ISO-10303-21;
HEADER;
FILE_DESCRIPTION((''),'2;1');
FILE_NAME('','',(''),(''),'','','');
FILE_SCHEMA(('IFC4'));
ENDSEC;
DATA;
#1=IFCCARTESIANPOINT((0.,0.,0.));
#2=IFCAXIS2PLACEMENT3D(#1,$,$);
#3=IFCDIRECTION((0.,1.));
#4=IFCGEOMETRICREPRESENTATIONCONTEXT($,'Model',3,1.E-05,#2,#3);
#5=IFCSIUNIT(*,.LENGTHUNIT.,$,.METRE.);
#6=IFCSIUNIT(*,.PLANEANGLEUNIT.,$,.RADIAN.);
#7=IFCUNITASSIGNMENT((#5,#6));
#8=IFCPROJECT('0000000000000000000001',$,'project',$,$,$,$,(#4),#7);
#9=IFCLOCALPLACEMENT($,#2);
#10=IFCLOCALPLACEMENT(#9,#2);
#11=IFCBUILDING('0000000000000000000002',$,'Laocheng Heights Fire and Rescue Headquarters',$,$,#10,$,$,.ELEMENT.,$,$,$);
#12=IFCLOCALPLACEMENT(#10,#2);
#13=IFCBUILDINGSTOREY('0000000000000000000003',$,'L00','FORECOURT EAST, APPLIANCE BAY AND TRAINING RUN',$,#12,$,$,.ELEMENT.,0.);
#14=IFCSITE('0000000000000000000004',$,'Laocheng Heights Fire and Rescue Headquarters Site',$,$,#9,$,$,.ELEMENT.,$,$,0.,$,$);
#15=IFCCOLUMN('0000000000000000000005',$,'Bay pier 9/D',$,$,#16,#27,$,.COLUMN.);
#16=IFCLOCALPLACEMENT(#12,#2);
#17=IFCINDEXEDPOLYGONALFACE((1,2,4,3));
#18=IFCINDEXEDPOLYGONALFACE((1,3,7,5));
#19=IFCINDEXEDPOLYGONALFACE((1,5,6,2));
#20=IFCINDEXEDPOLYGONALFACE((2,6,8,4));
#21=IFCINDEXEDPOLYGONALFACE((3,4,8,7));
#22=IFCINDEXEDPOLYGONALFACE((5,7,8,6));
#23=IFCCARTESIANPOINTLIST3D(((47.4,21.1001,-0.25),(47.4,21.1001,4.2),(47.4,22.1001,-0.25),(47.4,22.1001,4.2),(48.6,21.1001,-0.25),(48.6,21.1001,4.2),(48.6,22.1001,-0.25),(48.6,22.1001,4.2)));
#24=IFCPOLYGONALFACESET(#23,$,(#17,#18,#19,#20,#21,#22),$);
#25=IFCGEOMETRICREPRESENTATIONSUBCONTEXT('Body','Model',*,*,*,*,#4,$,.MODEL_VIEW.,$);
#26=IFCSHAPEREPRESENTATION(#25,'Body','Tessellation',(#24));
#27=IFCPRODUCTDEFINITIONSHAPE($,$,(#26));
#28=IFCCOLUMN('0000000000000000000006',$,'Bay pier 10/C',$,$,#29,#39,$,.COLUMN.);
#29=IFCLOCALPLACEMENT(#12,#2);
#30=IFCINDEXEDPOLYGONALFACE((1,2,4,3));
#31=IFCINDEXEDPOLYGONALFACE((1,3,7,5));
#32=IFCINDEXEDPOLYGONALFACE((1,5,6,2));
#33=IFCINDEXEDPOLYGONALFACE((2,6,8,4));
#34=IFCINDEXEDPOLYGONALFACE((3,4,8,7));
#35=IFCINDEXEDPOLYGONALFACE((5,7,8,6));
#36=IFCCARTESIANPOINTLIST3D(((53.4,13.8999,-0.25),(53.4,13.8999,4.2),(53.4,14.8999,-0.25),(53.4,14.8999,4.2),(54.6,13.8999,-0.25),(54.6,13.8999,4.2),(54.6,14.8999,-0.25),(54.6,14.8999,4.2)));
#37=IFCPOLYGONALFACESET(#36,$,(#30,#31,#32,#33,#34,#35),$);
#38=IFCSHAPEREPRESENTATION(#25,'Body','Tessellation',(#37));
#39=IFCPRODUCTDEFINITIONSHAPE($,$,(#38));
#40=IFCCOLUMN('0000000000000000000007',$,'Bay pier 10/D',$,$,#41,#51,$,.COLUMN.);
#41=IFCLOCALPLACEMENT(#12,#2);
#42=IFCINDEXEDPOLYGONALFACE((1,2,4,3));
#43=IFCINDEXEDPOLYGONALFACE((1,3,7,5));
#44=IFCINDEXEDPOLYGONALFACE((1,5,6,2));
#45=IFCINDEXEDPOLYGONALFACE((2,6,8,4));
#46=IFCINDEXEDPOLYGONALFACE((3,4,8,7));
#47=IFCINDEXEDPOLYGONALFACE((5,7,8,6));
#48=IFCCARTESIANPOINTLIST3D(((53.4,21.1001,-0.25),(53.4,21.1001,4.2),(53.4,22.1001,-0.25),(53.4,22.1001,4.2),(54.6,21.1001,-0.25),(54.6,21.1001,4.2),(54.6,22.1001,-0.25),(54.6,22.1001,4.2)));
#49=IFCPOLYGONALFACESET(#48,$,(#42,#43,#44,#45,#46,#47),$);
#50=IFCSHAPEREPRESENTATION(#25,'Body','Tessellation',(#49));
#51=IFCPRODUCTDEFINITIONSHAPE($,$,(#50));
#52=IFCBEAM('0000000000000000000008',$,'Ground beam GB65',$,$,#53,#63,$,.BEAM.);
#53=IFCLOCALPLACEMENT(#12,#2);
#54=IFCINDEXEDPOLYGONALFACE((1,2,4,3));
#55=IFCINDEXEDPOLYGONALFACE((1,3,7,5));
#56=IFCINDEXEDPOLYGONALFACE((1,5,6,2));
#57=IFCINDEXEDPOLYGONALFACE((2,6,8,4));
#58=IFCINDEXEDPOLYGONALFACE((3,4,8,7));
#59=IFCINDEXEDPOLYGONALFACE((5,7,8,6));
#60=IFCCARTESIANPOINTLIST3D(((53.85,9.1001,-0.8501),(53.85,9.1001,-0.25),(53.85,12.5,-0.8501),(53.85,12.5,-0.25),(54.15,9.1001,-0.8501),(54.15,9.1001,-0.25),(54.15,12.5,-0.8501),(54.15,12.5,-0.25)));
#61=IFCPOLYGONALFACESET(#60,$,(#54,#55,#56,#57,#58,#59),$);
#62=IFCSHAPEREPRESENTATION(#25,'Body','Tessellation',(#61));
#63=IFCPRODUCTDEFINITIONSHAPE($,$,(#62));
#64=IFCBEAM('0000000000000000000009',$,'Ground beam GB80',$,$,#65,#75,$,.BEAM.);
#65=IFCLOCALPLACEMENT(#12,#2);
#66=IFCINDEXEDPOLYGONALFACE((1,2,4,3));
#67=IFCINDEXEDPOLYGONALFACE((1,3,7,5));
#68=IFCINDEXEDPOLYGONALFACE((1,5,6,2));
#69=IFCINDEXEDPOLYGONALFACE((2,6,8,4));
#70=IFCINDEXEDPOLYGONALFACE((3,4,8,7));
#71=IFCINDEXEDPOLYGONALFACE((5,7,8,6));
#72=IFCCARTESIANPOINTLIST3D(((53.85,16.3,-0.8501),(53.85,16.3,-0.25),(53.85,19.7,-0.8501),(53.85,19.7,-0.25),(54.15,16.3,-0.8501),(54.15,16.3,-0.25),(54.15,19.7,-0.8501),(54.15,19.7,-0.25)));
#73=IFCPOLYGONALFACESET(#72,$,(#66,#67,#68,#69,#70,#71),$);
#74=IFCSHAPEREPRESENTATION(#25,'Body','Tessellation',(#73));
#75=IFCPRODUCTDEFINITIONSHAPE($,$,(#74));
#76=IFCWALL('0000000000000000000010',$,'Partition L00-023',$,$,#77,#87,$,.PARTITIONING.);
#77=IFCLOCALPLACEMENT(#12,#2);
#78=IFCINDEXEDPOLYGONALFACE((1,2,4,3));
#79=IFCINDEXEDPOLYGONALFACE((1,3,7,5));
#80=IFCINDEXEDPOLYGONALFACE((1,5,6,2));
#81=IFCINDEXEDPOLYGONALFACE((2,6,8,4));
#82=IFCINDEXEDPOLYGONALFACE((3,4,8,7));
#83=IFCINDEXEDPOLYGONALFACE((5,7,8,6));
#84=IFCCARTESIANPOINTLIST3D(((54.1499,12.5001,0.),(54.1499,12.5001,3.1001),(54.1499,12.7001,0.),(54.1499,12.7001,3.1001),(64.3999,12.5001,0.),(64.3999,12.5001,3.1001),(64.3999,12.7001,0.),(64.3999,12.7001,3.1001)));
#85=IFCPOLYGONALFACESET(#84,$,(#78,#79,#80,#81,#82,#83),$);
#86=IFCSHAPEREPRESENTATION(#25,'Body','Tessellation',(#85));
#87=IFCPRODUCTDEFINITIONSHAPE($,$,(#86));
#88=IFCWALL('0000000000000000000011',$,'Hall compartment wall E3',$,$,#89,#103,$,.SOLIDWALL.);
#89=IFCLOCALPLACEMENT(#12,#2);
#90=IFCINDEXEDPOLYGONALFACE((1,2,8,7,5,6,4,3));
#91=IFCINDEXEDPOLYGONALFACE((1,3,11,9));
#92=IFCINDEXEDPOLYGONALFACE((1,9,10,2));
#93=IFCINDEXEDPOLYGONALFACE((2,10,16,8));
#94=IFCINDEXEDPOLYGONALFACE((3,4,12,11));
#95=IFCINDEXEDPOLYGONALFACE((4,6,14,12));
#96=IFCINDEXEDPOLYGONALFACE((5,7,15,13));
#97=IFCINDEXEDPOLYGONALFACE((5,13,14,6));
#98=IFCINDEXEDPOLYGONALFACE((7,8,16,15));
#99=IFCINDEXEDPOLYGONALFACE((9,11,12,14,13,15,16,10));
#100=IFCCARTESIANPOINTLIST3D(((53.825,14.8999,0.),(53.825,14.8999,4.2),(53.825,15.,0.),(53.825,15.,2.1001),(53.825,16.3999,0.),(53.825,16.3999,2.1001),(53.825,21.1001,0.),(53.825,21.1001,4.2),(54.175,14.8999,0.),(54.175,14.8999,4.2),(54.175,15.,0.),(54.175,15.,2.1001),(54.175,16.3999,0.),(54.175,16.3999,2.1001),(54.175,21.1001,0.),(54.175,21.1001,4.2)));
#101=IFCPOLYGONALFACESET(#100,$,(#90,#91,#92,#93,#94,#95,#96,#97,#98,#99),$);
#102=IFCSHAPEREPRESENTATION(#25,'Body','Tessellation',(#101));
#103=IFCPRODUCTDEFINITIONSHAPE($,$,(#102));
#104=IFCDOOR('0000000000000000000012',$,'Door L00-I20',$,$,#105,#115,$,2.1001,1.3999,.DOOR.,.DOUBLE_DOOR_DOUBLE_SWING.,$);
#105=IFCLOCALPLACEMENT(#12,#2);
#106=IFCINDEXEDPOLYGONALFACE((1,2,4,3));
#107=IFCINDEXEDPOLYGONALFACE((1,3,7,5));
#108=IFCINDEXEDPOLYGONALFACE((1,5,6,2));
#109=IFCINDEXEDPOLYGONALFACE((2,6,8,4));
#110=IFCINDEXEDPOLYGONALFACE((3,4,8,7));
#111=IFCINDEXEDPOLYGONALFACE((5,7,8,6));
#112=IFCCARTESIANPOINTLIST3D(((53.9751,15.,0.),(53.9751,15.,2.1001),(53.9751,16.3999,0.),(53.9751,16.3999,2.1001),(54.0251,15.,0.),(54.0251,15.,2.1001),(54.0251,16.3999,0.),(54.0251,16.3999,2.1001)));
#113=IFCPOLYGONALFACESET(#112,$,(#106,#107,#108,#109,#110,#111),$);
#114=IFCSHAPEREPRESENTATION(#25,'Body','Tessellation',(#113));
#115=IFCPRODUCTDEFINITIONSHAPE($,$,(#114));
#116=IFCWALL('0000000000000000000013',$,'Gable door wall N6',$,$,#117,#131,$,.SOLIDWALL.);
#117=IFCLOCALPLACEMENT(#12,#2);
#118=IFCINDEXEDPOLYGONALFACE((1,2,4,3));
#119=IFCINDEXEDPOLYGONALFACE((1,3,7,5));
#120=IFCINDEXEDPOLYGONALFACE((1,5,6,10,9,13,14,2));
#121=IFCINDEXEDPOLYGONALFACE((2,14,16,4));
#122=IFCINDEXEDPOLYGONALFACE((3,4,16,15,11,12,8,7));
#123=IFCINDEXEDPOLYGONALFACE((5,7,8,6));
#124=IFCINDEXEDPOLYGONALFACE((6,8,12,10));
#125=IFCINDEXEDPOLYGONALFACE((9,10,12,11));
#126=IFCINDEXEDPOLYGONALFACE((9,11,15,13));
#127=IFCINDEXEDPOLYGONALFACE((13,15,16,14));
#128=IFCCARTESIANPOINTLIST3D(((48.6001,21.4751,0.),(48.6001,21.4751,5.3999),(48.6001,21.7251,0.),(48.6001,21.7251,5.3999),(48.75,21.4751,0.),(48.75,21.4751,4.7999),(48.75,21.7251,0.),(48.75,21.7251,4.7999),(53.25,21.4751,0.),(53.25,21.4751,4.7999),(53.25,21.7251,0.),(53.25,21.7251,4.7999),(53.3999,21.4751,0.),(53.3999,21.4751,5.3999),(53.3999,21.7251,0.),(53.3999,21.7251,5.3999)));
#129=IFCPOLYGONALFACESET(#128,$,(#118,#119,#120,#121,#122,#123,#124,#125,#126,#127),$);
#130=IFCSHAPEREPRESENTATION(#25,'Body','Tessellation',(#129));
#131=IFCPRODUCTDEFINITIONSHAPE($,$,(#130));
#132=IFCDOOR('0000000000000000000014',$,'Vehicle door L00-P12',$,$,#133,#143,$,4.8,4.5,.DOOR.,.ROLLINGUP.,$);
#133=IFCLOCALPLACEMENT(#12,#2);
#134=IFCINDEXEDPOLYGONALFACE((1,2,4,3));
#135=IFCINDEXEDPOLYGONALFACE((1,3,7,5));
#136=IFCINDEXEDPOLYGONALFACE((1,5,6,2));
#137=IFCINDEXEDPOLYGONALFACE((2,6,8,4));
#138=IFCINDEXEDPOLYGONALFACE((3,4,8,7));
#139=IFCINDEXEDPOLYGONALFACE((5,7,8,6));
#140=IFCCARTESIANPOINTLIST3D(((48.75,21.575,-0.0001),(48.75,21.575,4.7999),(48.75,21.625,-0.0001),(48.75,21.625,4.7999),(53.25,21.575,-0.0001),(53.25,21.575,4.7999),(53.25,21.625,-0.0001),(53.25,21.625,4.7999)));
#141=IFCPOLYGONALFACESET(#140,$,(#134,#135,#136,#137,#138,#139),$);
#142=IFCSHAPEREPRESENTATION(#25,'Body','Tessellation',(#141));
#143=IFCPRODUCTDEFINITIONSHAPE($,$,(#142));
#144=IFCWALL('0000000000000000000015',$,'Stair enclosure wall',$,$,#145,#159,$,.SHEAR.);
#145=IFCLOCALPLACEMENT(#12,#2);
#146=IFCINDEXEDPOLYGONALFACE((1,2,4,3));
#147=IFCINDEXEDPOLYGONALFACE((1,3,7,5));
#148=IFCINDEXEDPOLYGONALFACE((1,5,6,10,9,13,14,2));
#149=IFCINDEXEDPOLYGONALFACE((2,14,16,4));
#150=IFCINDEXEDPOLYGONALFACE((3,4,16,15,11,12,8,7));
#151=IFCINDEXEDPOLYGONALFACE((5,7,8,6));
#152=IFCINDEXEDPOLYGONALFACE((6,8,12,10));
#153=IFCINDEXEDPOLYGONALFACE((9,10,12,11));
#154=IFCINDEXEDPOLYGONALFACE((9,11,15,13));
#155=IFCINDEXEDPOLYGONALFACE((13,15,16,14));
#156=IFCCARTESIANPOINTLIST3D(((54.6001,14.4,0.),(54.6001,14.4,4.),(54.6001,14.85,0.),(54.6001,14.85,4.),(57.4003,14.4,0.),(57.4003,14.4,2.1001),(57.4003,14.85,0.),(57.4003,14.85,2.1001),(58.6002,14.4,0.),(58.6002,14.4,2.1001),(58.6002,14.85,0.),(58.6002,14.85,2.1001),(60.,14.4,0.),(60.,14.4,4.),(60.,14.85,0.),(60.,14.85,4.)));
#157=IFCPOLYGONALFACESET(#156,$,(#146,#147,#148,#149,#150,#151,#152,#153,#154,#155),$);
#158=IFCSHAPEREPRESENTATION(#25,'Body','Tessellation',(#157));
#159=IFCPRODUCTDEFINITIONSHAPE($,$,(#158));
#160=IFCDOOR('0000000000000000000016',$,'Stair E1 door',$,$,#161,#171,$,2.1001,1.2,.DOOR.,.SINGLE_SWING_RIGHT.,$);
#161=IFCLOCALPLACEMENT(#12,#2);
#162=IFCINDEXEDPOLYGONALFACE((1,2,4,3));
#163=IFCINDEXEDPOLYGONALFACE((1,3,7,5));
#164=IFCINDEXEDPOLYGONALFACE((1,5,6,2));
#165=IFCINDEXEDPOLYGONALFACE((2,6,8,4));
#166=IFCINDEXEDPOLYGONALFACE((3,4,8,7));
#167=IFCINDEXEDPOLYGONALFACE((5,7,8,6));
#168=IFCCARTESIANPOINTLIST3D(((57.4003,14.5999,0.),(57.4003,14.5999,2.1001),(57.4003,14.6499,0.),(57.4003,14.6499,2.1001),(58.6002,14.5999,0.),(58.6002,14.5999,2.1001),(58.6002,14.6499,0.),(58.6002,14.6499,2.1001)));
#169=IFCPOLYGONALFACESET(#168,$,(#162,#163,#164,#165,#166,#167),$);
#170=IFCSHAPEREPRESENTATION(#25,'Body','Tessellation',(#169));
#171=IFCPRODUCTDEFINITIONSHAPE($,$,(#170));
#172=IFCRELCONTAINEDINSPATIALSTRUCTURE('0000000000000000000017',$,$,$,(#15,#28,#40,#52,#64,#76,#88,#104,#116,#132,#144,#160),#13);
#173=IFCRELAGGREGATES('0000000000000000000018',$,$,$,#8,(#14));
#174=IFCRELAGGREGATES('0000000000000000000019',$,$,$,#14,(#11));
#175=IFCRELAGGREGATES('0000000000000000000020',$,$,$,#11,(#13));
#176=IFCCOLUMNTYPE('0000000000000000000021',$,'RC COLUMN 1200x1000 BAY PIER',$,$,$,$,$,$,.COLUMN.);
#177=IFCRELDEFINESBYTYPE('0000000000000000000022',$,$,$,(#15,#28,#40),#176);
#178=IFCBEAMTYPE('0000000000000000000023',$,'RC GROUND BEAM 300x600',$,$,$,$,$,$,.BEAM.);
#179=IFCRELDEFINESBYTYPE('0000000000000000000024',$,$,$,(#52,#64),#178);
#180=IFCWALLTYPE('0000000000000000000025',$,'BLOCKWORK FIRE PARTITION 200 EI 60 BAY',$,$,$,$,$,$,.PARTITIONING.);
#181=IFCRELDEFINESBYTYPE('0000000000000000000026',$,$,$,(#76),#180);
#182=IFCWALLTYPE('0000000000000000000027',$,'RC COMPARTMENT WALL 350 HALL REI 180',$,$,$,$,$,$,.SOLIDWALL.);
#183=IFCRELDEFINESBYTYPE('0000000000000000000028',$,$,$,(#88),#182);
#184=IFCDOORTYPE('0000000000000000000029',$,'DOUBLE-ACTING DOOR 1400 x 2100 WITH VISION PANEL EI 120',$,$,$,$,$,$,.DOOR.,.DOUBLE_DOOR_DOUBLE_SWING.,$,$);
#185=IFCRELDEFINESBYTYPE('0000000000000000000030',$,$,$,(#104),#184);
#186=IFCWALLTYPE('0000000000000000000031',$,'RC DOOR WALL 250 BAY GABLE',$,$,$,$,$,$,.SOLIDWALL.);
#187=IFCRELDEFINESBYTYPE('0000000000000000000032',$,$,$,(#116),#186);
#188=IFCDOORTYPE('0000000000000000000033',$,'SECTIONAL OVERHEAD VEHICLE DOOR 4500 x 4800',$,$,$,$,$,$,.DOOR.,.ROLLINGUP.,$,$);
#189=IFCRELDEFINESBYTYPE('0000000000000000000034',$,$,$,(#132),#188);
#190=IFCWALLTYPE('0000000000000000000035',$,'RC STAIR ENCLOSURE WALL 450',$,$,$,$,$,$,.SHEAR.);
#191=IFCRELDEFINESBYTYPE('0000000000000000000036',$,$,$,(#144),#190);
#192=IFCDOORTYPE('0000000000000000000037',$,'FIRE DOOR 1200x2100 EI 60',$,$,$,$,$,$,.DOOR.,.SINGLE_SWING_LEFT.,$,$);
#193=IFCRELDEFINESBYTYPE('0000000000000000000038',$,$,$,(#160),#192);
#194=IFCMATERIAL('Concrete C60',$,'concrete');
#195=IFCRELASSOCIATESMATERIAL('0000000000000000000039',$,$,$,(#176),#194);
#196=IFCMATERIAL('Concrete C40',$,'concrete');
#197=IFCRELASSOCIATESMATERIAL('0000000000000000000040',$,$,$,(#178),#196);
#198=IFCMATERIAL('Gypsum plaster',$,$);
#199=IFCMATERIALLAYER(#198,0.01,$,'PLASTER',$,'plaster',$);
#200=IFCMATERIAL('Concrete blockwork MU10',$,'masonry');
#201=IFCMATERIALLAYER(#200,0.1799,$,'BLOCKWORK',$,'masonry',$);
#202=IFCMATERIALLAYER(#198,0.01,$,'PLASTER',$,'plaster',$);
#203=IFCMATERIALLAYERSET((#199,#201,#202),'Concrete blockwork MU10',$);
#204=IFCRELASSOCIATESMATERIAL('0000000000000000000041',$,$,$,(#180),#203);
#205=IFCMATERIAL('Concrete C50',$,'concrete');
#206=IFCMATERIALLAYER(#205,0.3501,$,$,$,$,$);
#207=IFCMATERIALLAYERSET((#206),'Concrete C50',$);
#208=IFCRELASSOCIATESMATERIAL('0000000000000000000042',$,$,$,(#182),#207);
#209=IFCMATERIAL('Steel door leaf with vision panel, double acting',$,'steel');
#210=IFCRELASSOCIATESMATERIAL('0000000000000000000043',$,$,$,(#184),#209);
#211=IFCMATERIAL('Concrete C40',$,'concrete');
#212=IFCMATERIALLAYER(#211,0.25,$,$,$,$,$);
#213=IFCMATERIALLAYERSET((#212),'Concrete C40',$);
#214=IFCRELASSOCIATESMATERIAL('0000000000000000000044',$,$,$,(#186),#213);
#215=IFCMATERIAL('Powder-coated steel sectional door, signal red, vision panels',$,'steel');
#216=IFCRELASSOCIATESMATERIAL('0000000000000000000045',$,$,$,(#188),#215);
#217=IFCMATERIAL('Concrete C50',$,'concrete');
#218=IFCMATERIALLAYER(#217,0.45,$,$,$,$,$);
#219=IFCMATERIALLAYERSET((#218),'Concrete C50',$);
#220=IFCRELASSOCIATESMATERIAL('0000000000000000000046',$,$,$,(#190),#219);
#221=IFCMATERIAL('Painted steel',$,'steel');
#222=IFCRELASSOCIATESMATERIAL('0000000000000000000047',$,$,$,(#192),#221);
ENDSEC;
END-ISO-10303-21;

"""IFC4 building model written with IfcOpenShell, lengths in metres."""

from ifc_helpers import new_model, si_unit, direction, frame, frame_2d, origin, origin_2d, place, context, subcontext, project, spatial, rectangle, extrude, material, layer, layer_set, material_profile, profile_set, type_object, element, fill, save


model = new_model("IFC4")

# Units and contexts
model_context = context("Model", 3, precision=1e-05, world=origin(), true_north=direction((0.0, 1.0)))
body_context = subcontext(model_context, "Body", "Model", "MODEL_VIEW")
ifc_project = project(units=[si_unit("LENGTHUNIT", "METRE"), si_unit("PLANEANGLEUNIT", "RADIAN")], contexts=[model_context])

# Site, building, storey
site_placement = place(None, origin())
site = spatial("IfcSite", under=ifc_project, at=site_placement, Name="Laocheng Heights Fire and Rescue Headquarters Site", CompositionType="ELEMENT", RefElevation=0.0)
building_placement = place(site_placement, origin())
building = spatial("IfcBuilding", under=site, at=building_placement, Name="Laocheng Heights Fire and Rescue Headquarters", CompositionType="ELEMENT")
storey_placement = place(building_placement, origin())
storey = spatial("IfcBuildingStorey", under=building, at=storey_placement, Name="L00", Description="FORECOURT EAST, APPLIANCE BAY AND TRAINING RUN", CompositionType="ELEMENT", Elevation=0.0)

# Columns
ifc_material_1 = material(Name="Concrete C60", Category="concrete")
ifc_material_profile_1 = material_profile(ifc_material_1, rectangle(XDim=1.2, YDim=1.0, at=origin_2d()), Name="RC COLUMN 1200x1000 BAY PIER")
ifc_profile_set_1 = profile_set([ifc_material_profile_1], Name="Concrete C60")
column_type = type_object("IfcColumnType", Name="RC COLUMN 1200x1000 BAY PIER", PredefinedType="COLUMN", material=ifc_profile_set_1)
for number, where, z_axis, x_axis, name in (
    (1, (48.0, 21.6001, -0.25), (0.0, 0.0, 1.0), (1.0, 0.0, 0.0), "Bay pier 9/D"),
    (2, (54.0, 14.3999, -0.25), (0.0, 0.0, 1.0), (1.0, 0.0, 0.0), "Bay pier 10/C"),
    (3, (54.0, 21.6001, -0.25), (0.0, 0.0, 1.0), (1.0, 0.0, 0.0), "Bay pier 10/D"),
):
    element("IfcColumn", number, at=place(storey_placement, frame(where, z_axis=z_axis, x_axis=x_axis)), inside=storey, type_object=column_type, Name=name, PredefinedType="COLUMN", context=body_context, shape_type="SweptSolid", body=[
        extrude(rectangle(XDim=1.2, YDim=1.0, at=origin_2d()), origin(), (0.0, 0.0, 1.0), 4.45),
    ])

# Beams
ifc_material_2 = material(Name="Concrete C40", Category="concrete")
ifc_material_profile_2 = material_profile(ifc_material_2, rectangle(XDim=0.3, YDim=0.6001, at=origin_2d()), Name="RC GROUND BEAM 300x600")
ifc_profile_set_2 = profile_set([ifc_material_profile_2], Name="Concrete C40")
beam_type = type_object("IfcBeamType", Name="RC GROUND BEAM 300x600", PredefinedType="BEAM", material=ifc_profile_set_2)
for number, where, z_axis, x_axis, name in (
    (4, (54.0, 9.1001, -0.55), (0.0, 1.0, 0.0), (-1.0, 0.0, 0.0), "Ground beam GB65"),
    (5, (54.0, 16.3, -0.55), (0.0, 1.0, 0.0), (-1.0, 0.0, 0.0), "Ground beam GB80"),
):
    element("IfcBeam", number, at=place(storey_placement, frame(where, z_axis=z_axis, x_axis=x_axis)), inside=storey, type_object=beam_type, Name=name, PredefinedType="BEAM", context=body_context, shape_type="SweptSolid", body=[
        extrude(rectangle(XDim=0.3, YDim=0.6001, at=origin_2d()), origin(), (0.0, 0.0, 1.0), 3.3999),
    ])

# Wall
ifc_material_3 = material(Name="Gypsum plaster")
ifc_layer_1 = layer(ifc_material_3, 0.01, Name="PLASTER", Category="plaster")
ifc_material_4 = material(Name="Concrete blockwork MU10", Category="masonry")
ifc_layer_2 = layer(ifc_material_4, 0.1799, Name="BLOCKWORK", Category="masonry")
ifc_layer_3 = layer(ifc_material_3, 0.01, Name="PLASTER", Category="plaster")
ifc_layer_set_1 = layer_set([ifc_layer_1, ifc_layer_2, ifc_layer_3], Name="Concrete blockwork MU10")
wall_type_1 = type_object("IfcWallType", Name="BLOCKWORK FIRE PARTITION 200 EI 60 BAY", PredefinedType="PARTITIONING", material=ifc_layer_set_1)
wall_1_placement = place(storey_placement, frame((54.1499, 12.6001, 0.0), z_axis=(0.0, 0.0, 1.0), x_axis=(1.0, 0.0, 0.0)))
element("IfcWall", 6, at=wall_1_placement, inside=storey, type_object=wall_type_1, Name="Partition L00-023", PredefinedType="PARTITIONING", context=body_context, shape_type="SweptSolid", body=[
    extrude(rectangle(XDim=10.25, YDim=0.2, at=frame_2d((5.125, 0.0))), origin(), (0.0, 0.0, 1.0), 3.1001),
])

# Walls, openings, doors
ifc_material_5 = material(Name="Concrete C50", Category="concrete")
ifc_layer_4 = layer(ifc_material_5, 0.3501)
ifc_layer_set_2 = layer_set([ifc_layer_4], Name="Concrete C50")
wall_type_2 = type_object("IfcWallType", Name="RC COMPARTMENT WALL 350 HALL REI 180", PredefinedType="SOLIDWALL", material=ifc_layer_set_2)
wall_2_placement = place(storey_placement, frame((54.0, 14.8999, 0.0), z_axis=(0.0, 0.0, 1.0), x_axis=(0.0, 1.0, 0.0)))
wall_2 = element("IfcWall", 7, at=wall_2_placement, inside=storey, type_object=wall_type_2, Name="Hall compartment wall E3", PredefinedType="SOLIDWALL", context=body_context, shape_type="SweptSolid", body=[
    extrude(rectangle(XDim=6.2002, YDim=0.3501, at=frame_2d((3.1001, 0.0))), origin(), (0.0, 0.0, 1.0), 4.2),
])
opening_1_placement = place(wall_2_placement, frame((0.1001, 0.0, 0.0)))
opening_1 = element("IfcOpeningElement", 8, at=opening_1_placement, cuts=wall_2, PredefinedType="OPENING", context=body_context, shape_type="SweptSolid", body=[
    extrude(rectangle(XDim=1.3999, YDim=2.1001, at=frame_2d((0.7, 1.05))), frame((0.0, 0.1851, 0.0), z_axis=(0.0, -1.0, 0.0), x_axis=(1.0, 0.0, 0.0)), (0.0, 0.0, 1.0), 0.3701),
])
ifc_material_6 = material(Name="Steel door leaf with vision panel, double acting", Category="steel")
door_type_1 = type_object("IfcDoorType", Name="DOUBLE-ACTING DOOR 1400 x 2100 WITH VISION PANEL EI 120", OperationType="DOUBLE_DOOR_DOUBLE_SWING", PredefinedType="DOOR", material=ifc_material_6)
door_1_placement = place(opening_1_placement, origin())
door_1 = element("IfcDoor", 9, at=door_1_placement, inside=storey, type_object=door_type_1, Name="Door L00-I20", OperationType="DOUBLE_DOOR_DOUBLE_SWING", OverallHeight=2.1001, OverallWidth=1.3999, PredefinedType="DOOR", context=body_context, shape_type="SweptSolid", body=[
    extrude(rectangle(XDim=1.3999, YDim=2.1001, at=frame_2d((0.7, 1.05))), frame((0.0, 0.0249, 0.0), z_axis=(0.0, -1.0, 0.0), x_axis=(1.0, 0.0, 0.0)), (0.0, 0.0, 1.0), 0.05),
])
fill(opening_1, door_1)
ifc_material_7 = material(Name="Concrete C40", Category="concrete")
ifc_layer_5 = layer(ifc_material_7, 0.25)
ifc_layer_set_3 = layer_set([ifc_layer_5], Name="Concrete C40")
wall_type_3 = type_object("IfcWallType", Name="RC DOOR WALL 250 BAY GABLE", PredefinedType="SOLIDWALL", material=ifc_layer_set_3)
wall_3_placement = place(storey_placement, frame((48.6001, 21.6001, 0.0), z_axis=(0.0, 0.0, 1.0), x_axis=(1.0, 0.0, 0.0)))
wall_3 = element("IfcWall", 10, at=wall_3_placement, inside=storey, type_object=wall_type_3, Name="Gable door wall N6", PredefinedType="SOLIDWALL", context=body_context, shape_type="SweptSolid", body=[
    extrude(rectangle(XDim=4.7998, YDim=0.25, at=frame_2d((2.3999, 0.0))), origin(), (0.0, 0.0, 1.0), 5.3999),
])
opening_2_placement = place(wall_3_placement, frame((0.1499, 0.0, 0.0)))
opening_2 = element("IfcOpeningElement", 11, at=opening_2_placement, cuts=wall_3, PredefinedType="OPENING", context=body_context, shape_type="SweptSolid", body=[
    extrude(rectangle(XDim=4.5, YDim=4.8, at=frame_2d((2.25, 2.3999))), frame((0.0, 0.135, 0.0), z_axis=(0.0, -1.0, 0.0), x_axis=(1.0, 0.0, 0.0)), (0.0, 0.0, 1.0), 0.27),
])
ifc_material_8 = material(Name="Powder-coated steel sectional door, signal red, vision panels", Category="steel")
door_type_2 = type_object("IfcDoorType", Name="SECTIONAL OVERHEAD VEHICLE DOOR 4500 x 4800", OperationType="ROLLINGUP", PredefinedType="DOOR", material=ifc_material_8)
door_2_placement = place(opening_2_placement, origin())
door_2 = element("IfcDoor", 12, at=door_2_placement, inside=storey, type_object=door_type_2, Name="Vehicle door L00-P12", OperationType="ROLLINGUP", OverallHeight=4.8, OverallWidth=4.5, PredefinedType="DOOR", context=body_context, shape_type="SweptSolid", body=[
    extrude(rectangle(XDim=4.5, YDim=4.8, at=frame_2d((2.25, 2.3999))), frame((0.0, 0.0249, 0.0), z_axis=(0.0, -1.0, 0.0), x_axis=(1.0, 0.0, 0.0)), (0.0, 0.0, 1.0), 0.05),
])
fill(opening_2, door_2)
ifc_material_9 = material(Name="Concrete C50", Category="concrete")
ifc_layer_6 = layer(ifc_material_9, 0.45)
ifc_layer_set_4 = layer_set([ifc_layer_6], Name="Concrete C50")
wall_type_4 = type_object("IfcWallType", Name="RC STAIR ENCLOSURE WALL 450", PredefinedType="SHEAR", material=ifc_layer_set_4)
wall_4_placement = place(storey_placement, frame((54.6001, 14.625, 0.0), z_axis=(0.0, 0.0, 1.0), x_axis=(1.0, 0.0, 0.0)))
wall_4 = element("IfcWall", 13, at=wall_4_placement, inside=storey, type_object=wall_type_4, Name="Stair enclosure wall", PredefinedType="SHEAR", context=body_context, shape_type="SweptSolid", body=[
    extrude(rectangle(XDim=5.3999, YDim=0.45, at=frame_2d((2.7, 0.0))), origin(), (0.0, 0.0, 1.0), 4.0),
])
opening_3_placement = place(wall_4_placement, frame((2.8, 0.0, 0.0)))
opening_3 = element("IfcOpeningElement", 14, at=opening_3_placement, cuts=wall_4, PredefinedType="OPENING", context=body_context, shape_type="SweptSolid", body=[
    extrude(rectangle(XDim=1.2, YDim=2.1001, at=frame_2d((0.6001, 1.05))), frame((0.0, 0.2349, 0.0), z_axis=(0.0, -1.0, 0.0), x_axis=(1.0, 0.0, 0.0)), (0.0, 0.0, 1.0), 0.47),
])
ifc_material_10 = material(Name="Painted steel", Category="steel")
door_type_3 = type_object("IfcDoorType", Name="FIRE DOOR 1200x2100 EI 60", OperationType="SINGLE_SWING_LEFT", PredefinedType="DOOR", material=ifc_material_10)
door_3_placement = place(opening_3_placement, origin())
door_3 = element("IfcDoor", 15, at=door_3_placement, inside=storey, type_object=door_type_3, Name="Stair E1 door", OperationType="SINGLE_SWING_RIGHT", OverallHeight=2.1001, OverallWidth=1.2, PredefinedType="DOOR", context=body_context, shape_type="SweptSolid", body=[
    extrude(rectangle(XDim=1.2, YDim=2.1001, at=frame_2d((0.6001, 1.05))), frame((0.0, 0.0249, 0.0), z_axis=(0.0, -1.0, 0.0), x_axis=(1.0, 0.0, 0.0)), (0.0, 0.0, 1.0), 0.05),
])
fill(opening_3, door_3)

save(model, "model.ifc")
